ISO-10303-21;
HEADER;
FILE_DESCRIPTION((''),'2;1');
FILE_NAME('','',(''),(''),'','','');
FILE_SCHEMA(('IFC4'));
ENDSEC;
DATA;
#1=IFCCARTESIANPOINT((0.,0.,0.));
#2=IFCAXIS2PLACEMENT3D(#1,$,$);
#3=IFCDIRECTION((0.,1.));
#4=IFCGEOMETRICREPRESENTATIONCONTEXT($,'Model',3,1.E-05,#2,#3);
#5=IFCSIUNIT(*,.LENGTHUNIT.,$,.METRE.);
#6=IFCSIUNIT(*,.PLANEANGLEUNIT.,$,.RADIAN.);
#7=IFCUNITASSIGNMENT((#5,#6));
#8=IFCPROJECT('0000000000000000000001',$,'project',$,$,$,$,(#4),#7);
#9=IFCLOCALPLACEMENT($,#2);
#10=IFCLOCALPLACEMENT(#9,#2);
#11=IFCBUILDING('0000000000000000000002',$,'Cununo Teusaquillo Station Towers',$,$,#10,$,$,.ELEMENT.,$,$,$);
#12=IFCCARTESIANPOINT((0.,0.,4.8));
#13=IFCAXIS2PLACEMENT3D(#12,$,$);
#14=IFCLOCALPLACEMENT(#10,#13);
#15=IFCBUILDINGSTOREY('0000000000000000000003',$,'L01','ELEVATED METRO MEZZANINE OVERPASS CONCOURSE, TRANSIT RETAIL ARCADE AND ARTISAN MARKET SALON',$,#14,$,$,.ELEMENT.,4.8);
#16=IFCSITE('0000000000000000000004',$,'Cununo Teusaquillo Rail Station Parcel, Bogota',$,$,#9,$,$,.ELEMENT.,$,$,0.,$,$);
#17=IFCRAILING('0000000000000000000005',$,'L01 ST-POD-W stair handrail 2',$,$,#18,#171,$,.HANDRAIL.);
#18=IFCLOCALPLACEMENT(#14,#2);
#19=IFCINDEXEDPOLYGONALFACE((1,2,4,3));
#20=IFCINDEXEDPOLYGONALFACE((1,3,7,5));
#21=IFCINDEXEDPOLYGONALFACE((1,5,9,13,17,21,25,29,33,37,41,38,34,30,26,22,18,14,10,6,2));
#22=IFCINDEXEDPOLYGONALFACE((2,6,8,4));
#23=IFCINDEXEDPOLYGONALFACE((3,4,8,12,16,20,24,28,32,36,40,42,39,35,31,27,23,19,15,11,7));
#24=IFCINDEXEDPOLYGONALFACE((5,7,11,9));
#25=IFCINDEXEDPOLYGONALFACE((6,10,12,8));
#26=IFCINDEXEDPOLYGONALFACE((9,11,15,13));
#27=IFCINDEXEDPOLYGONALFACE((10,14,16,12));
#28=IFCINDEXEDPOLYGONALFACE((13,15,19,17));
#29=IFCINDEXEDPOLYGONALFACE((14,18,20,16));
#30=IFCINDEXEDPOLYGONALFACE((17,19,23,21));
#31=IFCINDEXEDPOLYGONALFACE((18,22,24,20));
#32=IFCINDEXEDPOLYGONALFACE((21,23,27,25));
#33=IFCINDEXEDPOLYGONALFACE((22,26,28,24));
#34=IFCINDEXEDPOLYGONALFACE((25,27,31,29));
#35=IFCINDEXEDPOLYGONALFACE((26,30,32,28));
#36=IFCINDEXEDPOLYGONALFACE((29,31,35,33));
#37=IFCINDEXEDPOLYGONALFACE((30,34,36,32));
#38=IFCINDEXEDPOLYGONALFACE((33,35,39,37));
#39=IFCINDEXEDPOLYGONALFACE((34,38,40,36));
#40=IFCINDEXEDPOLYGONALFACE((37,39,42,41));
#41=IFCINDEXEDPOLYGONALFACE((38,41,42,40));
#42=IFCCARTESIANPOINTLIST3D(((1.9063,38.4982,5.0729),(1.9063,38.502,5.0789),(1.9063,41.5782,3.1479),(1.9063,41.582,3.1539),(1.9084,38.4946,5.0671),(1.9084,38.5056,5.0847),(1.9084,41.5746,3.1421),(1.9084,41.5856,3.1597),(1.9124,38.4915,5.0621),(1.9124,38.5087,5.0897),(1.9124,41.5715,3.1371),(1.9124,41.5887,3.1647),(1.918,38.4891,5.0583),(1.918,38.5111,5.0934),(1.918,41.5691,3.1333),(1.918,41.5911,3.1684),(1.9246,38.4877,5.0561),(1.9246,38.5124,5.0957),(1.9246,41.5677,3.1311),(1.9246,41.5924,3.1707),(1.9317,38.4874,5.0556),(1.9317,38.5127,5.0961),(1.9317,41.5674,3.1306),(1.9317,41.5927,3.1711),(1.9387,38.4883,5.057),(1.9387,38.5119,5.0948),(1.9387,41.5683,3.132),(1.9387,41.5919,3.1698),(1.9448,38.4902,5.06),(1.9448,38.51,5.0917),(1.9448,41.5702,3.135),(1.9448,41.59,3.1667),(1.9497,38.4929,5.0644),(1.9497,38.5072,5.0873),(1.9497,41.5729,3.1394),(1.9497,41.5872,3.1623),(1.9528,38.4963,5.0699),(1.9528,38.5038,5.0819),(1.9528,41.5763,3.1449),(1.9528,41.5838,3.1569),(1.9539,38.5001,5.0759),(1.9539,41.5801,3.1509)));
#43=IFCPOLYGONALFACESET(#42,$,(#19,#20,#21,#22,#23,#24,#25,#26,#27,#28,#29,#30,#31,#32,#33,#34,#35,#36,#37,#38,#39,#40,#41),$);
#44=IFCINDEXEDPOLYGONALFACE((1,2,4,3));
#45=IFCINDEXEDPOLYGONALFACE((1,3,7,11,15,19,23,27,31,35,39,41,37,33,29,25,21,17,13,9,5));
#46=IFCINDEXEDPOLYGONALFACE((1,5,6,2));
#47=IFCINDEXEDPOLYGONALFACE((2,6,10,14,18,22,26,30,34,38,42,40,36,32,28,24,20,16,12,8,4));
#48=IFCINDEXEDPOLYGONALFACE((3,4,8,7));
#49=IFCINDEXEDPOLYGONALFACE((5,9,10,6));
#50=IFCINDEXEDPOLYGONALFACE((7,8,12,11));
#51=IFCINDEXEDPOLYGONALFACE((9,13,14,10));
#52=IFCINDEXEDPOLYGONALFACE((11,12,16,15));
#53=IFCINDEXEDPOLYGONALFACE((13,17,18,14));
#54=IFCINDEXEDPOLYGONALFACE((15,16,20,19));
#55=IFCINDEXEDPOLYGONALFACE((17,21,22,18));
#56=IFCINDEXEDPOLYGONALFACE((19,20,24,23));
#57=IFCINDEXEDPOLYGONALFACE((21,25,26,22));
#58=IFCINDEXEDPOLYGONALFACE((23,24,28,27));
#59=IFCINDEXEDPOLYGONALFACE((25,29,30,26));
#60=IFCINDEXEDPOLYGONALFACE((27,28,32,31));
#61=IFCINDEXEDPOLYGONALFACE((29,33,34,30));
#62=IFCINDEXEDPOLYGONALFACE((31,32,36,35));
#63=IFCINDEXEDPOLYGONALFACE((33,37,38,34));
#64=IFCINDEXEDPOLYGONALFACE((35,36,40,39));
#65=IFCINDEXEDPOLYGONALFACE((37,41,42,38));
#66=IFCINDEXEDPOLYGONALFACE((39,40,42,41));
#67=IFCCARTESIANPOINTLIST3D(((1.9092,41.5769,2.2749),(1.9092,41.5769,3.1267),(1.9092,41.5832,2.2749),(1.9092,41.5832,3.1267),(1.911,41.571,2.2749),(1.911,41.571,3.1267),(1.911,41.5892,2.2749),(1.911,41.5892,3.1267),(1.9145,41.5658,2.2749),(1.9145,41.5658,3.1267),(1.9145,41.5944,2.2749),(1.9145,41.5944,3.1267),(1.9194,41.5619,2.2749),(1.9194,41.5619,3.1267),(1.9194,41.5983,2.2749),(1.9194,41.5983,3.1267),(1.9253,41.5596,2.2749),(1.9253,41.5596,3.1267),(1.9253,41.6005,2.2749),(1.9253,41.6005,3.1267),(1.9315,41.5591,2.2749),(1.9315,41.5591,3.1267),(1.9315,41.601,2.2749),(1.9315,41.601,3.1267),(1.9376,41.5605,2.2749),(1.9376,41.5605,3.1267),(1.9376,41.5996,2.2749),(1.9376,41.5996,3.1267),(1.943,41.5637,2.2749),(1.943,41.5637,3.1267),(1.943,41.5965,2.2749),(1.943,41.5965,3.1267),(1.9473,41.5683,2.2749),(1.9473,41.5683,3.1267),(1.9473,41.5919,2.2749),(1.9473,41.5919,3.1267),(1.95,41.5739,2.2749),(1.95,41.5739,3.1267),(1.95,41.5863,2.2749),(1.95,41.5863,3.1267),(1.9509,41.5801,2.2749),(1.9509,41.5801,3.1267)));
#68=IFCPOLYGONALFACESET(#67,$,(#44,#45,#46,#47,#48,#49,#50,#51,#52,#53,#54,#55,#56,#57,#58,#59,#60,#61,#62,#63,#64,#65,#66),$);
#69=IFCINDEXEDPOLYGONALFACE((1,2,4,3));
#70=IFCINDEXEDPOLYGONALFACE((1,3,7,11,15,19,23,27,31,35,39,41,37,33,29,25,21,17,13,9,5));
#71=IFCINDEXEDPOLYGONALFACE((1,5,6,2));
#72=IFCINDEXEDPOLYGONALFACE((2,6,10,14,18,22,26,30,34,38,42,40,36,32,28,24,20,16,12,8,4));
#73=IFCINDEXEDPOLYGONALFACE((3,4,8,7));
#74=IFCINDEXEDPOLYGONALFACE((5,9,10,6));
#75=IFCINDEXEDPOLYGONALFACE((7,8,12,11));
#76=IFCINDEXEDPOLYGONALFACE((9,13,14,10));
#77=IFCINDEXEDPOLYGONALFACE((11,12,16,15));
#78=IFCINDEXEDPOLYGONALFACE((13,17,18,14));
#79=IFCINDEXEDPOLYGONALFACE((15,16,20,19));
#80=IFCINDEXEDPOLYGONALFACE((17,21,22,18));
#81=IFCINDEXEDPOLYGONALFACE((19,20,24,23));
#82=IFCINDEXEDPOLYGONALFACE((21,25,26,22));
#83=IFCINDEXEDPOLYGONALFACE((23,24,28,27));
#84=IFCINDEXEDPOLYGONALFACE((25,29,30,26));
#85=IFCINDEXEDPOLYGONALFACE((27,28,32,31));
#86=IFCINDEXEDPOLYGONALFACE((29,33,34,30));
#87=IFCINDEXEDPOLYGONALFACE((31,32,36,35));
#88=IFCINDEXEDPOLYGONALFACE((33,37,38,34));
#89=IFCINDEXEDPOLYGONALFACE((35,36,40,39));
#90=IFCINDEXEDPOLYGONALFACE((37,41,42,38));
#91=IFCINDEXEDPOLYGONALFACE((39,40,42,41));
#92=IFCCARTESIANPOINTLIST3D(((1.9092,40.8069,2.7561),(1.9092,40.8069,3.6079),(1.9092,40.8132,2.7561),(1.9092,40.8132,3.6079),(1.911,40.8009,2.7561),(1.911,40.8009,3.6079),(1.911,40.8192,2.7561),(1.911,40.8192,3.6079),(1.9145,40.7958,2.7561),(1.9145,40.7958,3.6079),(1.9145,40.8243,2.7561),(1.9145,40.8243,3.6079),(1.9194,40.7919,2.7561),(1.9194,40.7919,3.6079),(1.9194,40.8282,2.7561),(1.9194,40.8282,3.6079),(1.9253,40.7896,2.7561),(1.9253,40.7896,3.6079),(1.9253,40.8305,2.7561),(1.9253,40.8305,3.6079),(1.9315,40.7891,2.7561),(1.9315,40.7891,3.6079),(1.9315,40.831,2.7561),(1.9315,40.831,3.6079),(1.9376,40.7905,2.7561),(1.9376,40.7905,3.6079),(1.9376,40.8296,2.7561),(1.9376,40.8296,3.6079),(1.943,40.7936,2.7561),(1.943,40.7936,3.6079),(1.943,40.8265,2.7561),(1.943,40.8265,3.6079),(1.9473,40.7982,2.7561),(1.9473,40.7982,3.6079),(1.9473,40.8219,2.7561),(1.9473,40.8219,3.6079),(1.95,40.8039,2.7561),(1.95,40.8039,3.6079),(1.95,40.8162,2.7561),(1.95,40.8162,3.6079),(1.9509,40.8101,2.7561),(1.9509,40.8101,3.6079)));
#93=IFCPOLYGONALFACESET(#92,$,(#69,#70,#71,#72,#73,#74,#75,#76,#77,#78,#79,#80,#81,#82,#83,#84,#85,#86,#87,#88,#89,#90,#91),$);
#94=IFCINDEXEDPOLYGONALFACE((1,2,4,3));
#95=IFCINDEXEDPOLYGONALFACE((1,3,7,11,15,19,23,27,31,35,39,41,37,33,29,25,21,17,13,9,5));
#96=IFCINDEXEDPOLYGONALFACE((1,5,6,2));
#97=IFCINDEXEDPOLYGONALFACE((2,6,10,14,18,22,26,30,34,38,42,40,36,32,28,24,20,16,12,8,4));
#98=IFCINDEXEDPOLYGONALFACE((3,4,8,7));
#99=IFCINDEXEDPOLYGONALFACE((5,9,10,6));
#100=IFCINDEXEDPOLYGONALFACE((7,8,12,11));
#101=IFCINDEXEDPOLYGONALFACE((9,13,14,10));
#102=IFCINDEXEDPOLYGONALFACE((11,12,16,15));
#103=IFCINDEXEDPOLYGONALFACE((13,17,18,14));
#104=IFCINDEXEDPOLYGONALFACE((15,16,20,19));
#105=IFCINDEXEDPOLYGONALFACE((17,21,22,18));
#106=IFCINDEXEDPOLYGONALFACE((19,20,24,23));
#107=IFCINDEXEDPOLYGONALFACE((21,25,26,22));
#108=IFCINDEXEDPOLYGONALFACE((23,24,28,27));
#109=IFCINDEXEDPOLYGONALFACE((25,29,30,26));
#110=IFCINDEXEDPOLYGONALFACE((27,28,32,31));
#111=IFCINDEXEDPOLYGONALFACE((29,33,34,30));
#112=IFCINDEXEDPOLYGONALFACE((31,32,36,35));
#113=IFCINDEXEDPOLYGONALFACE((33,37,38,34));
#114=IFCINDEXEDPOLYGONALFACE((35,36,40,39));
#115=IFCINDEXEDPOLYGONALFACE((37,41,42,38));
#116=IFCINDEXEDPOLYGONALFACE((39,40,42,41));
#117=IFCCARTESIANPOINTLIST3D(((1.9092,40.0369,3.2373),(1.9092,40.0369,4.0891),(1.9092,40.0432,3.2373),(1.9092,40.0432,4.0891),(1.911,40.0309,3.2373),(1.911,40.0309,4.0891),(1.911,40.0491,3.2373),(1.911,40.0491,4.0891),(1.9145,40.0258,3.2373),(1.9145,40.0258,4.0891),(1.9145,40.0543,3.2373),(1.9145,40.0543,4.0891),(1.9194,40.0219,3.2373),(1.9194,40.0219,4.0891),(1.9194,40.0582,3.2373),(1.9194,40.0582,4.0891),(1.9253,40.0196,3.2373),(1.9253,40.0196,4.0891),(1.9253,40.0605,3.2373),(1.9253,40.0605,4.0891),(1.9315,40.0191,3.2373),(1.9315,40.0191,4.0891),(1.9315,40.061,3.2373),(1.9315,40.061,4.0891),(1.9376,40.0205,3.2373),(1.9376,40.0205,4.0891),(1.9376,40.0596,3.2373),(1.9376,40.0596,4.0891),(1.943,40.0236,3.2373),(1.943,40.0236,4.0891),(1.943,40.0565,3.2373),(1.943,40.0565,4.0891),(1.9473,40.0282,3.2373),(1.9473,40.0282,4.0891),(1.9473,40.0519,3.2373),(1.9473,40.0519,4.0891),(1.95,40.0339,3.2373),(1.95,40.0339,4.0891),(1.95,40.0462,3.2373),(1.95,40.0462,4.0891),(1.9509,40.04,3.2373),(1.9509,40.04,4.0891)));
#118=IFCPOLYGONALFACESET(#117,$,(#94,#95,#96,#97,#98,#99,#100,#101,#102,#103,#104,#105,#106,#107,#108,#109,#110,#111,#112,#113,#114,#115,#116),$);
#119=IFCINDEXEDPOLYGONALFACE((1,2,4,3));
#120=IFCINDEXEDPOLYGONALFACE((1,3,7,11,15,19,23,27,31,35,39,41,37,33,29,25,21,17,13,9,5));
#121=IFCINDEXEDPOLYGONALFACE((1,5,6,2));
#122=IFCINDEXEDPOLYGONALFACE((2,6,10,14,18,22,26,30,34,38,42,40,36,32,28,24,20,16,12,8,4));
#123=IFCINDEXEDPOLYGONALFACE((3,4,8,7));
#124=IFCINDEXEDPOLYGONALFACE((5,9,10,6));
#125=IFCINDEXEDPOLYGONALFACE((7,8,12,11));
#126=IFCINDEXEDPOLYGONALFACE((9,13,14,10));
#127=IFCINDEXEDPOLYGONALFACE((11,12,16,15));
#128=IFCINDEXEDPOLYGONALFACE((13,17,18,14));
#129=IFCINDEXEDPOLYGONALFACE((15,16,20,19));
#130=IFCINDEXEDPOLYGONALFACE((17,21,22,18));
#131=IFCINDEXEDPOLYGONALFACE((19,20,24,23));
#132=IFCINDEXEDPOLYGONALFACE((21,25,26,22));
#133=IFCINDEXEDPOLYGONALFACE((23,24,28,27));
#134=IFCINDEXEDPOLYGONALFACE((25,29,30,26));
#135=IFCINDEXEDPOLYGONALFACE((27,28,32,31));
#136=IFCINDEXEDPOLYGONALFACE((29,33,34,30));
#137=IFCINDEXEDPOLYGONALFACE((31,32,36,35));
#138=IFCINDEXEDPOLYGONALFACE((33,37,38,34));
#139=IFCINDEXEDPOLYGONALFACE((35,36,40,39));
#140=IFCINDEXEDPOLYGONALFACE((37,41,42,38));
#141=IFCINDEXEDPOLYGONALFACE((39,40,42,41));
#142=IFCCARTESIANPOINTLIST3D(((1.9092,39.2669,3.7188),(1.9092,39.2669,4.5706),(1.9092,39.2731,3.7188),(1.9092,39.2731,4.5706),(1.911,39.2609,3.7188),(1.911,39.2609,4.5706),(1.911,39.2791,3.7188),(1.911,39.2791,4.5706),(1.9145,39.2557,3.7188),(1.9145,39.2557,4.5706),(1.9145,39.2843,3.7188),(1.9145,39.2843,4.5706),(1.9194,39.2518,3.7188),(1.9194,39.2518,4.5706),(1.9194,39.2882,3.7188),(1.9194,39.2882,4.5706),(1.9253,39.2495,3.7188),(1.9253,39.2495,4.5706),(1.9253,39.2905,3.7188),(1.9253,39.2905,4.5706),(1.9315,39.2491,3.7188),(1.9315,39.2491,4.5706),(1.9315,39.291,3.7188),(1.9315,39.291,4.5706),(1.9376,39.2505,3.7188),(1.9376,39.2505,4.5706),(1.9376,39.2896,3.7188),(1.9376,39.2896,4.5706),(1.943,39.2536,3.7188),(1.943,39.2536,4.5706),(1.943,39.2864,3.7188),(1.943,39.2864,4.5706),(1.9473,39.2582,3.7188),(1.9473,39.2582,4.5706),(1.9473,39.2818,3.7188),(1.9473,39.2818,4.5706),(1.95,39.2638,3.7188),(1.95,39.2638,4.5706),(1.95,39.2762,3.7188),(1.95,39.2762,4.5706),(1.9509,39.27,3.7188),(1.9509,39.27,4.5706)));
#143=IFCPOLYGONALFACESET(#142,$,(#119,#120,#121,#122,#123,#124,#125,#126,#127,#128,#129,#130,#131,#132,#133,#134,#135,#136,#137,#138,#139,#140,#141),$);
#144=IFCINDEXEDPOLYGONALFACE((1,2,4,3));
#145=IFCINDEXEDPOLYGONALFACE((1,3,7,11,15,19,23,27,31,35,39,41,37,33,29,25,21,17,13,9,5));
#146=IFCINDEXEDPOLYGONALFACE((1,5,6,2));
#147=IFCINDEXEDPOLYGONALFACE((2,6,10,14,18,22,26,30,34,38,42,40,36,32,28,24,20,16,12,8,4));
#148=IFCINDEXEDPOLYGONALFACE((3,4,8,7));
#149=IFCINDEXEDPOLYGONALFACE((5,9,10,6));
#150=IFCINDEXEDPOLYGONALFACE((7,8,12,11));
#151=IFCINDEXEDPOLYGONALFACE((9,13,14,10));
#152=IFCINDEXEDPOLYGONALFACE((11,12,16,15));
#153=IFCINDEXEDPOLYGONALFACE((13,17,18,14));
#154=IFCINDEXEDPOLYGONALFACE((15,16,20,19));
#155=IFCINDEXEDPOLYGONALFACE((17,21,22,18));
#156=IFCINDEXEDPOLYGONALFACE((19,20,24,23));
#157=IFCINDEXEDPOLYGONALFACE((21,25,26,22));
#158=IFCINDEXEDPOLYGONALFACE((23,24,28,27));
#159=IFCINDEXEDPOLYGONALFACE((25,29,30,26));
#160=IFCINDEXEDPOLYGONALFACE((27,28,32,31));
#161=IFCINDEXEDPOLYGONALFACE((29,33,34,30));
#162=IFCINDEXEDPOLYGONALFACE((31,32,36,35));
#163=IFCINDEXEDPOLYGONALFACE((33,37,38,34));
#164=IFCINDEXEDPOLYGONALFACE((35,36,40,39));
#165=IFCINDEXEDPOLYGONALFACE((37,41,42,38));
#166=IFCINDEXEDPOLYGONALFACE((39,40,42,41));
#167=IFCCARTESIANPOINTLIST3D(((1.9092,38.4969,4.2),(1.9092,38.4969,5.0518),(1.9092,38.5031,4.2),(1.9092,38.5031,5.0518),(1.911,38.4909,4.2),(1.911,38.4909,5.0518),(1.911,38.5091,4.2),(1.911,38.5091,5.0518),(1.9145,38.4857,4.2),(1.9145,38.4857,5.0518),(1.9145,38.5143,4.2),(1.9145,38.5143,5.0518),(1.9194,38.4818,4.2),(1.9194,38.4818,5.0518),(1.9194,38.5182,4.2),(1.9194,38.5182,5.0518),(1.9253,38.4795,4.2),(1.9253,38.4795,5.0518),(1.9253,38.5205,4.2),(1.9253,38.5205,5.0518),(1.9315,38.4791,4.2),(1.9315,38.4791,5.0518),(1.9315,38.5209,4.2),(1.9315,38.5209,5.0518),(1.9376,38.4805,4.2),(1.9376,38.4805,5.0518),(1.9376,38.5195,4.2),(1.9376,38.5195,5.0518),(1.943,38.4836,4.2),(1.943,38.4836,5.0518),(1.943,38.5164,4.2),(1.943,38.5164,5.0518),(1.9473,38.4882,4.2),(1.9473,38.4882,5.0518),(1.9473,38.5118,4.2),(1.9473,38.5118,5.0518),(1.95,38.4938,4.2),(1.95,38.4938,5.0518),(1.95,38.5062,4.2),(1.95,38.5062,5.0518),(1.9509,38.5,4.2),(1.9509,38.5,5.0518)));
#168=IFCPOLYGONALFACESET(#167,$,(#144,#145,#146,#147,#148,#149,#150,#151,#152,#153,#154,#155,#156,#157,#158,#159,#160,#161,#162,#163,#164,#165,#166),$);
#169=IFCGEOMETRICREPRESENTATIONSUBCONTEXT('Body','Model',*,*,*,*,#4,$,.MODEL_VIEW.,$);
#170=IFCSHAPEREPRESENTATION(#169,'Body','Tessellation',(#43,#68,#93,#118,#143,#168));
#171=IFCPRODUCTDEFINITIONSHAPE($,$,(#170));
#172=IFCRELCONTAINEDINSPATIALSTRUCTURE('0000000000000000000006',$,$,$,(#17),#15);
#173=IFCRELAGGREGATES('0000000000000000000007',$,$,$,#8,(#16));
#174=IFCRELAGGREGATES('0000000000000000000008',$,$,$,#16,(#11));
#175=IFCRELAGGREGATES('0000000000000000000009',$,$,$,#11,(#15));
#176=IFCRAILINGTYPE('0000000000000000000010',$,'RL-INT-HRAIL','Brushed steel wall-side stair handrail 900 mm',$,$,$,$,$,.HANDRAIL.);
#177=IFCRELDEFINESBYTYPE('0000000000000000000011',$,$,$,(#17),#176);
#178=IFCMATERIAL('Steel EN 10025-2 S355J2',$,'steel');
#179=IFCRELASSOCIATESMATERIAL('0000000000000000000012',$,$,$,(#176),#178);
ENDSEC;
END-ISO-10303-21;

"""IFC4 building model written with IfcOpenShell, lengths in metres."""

from ifc_helpers import new_model, si_unit, direction, frame, origin, origin_2d, place, context, subcontext, project, spatial, circle, extrude, material, type_object, element, save


model = new_model("IFC4")

# Units and contexts
model_context = context("Model", 3, precision=1e-05, world=origin(), true_north=direction((0.0, 1.0)))
body_context = subcontext(model_context, "Body", "Model", "MODEL_VIEW")
ifc_project = project(units=[si_unit("LENGTHUNIT", "METRE"), si_unit("PLANEANGLEUNIT", "RADIAN")], contexts=[model_context])

# Site, building, storey
site_placement = place(None, origin())
site = spatial("IfcSite", under=ifc_project, at=site_placement, Name="Cununo Teusaquillo Rail Station Parcel, Bogota", CompositionType="ELEMENT", RefElevation=0.0)
building_placement = place(site_placement, origin())
building = spatial("IfcBuilding", under=site, at=building_placement, Name="Cununo Teusaquillo Station Towers", CompositionType="ELEMENT")
storey_placement = place(building_placement, frame((0.0, 0.0, 4.8)))
storey = spatial("IfcBuildingStorey", under=building, at=storey_placement, Name="L01", Description="ELEVATED METRO MEZZANINE OVERPASS CONCOURSE, TRANSIT RETAIL ARCADE AND ARTISAN MARKET SALON", CompositionType="ELEMENT", Elevation=4.8)

# Railing
ifc_material_1 = material(Name="Steel EN 10025-2 S355J2", Category="steel")
railing_type_1 = type_object("IfcRailingType", Name="RL-INT-HRAIL", Description="Brushed steel wall-side stair handrail 900 mm", PredefinedType="HANDRAIL", material=ifc_material_1)
railing_1_placement = place(storey_placement, frame((1.9299, 41.5801, 2.2749)))
element("IfcRailing", 1, at=railing_1_placement, inside=storey, type_object=railing_type_1, Name="L01 ST-POD-W stair handrail 2", PredefinedType="HANDRAIL", context=body_context, shape_type="SweptSolid", body=[
    extrude(circle(Radius=0.0239, at=origin_2d()), frame((0.0, 0.0, 0.876), z_axis=(0.0, -0.847998, 0.529999), x_axis=(1.0, 0.0, 0.0)), (0.0, 0.0, 1.0), 3.6321),
    extrude(circle(Radius=0.021, at=origin_2d()), origin(), (0.0, 0.0, 1.0), 0.8518),
    extrude(circle(Radius=0.021, at=origin_2d()), frame((0.0, -0.77, 0.4812)), (0.0, 0.0, 1.0), 0.8518),
    extrude(circle(Radius=0.021, at=origin_2d()), frame((0.0, -1.54, 0.9624)), (0.0, 0.0, 1.0), 0.8518),
    extrude(circle(Radius=0.021, at=origin_2d()), frame((0.0, -2.3101, 1.4438)), (0.0, 0.0, 1.0), 0.8518),
    extrude(circle(Radius=0.021, at=origin_2d()), frame((0.0, -3.0801, 1.925)), (0.0, 0.0, 1.0), 0.8518),
])

save(model, "model.ifc")
